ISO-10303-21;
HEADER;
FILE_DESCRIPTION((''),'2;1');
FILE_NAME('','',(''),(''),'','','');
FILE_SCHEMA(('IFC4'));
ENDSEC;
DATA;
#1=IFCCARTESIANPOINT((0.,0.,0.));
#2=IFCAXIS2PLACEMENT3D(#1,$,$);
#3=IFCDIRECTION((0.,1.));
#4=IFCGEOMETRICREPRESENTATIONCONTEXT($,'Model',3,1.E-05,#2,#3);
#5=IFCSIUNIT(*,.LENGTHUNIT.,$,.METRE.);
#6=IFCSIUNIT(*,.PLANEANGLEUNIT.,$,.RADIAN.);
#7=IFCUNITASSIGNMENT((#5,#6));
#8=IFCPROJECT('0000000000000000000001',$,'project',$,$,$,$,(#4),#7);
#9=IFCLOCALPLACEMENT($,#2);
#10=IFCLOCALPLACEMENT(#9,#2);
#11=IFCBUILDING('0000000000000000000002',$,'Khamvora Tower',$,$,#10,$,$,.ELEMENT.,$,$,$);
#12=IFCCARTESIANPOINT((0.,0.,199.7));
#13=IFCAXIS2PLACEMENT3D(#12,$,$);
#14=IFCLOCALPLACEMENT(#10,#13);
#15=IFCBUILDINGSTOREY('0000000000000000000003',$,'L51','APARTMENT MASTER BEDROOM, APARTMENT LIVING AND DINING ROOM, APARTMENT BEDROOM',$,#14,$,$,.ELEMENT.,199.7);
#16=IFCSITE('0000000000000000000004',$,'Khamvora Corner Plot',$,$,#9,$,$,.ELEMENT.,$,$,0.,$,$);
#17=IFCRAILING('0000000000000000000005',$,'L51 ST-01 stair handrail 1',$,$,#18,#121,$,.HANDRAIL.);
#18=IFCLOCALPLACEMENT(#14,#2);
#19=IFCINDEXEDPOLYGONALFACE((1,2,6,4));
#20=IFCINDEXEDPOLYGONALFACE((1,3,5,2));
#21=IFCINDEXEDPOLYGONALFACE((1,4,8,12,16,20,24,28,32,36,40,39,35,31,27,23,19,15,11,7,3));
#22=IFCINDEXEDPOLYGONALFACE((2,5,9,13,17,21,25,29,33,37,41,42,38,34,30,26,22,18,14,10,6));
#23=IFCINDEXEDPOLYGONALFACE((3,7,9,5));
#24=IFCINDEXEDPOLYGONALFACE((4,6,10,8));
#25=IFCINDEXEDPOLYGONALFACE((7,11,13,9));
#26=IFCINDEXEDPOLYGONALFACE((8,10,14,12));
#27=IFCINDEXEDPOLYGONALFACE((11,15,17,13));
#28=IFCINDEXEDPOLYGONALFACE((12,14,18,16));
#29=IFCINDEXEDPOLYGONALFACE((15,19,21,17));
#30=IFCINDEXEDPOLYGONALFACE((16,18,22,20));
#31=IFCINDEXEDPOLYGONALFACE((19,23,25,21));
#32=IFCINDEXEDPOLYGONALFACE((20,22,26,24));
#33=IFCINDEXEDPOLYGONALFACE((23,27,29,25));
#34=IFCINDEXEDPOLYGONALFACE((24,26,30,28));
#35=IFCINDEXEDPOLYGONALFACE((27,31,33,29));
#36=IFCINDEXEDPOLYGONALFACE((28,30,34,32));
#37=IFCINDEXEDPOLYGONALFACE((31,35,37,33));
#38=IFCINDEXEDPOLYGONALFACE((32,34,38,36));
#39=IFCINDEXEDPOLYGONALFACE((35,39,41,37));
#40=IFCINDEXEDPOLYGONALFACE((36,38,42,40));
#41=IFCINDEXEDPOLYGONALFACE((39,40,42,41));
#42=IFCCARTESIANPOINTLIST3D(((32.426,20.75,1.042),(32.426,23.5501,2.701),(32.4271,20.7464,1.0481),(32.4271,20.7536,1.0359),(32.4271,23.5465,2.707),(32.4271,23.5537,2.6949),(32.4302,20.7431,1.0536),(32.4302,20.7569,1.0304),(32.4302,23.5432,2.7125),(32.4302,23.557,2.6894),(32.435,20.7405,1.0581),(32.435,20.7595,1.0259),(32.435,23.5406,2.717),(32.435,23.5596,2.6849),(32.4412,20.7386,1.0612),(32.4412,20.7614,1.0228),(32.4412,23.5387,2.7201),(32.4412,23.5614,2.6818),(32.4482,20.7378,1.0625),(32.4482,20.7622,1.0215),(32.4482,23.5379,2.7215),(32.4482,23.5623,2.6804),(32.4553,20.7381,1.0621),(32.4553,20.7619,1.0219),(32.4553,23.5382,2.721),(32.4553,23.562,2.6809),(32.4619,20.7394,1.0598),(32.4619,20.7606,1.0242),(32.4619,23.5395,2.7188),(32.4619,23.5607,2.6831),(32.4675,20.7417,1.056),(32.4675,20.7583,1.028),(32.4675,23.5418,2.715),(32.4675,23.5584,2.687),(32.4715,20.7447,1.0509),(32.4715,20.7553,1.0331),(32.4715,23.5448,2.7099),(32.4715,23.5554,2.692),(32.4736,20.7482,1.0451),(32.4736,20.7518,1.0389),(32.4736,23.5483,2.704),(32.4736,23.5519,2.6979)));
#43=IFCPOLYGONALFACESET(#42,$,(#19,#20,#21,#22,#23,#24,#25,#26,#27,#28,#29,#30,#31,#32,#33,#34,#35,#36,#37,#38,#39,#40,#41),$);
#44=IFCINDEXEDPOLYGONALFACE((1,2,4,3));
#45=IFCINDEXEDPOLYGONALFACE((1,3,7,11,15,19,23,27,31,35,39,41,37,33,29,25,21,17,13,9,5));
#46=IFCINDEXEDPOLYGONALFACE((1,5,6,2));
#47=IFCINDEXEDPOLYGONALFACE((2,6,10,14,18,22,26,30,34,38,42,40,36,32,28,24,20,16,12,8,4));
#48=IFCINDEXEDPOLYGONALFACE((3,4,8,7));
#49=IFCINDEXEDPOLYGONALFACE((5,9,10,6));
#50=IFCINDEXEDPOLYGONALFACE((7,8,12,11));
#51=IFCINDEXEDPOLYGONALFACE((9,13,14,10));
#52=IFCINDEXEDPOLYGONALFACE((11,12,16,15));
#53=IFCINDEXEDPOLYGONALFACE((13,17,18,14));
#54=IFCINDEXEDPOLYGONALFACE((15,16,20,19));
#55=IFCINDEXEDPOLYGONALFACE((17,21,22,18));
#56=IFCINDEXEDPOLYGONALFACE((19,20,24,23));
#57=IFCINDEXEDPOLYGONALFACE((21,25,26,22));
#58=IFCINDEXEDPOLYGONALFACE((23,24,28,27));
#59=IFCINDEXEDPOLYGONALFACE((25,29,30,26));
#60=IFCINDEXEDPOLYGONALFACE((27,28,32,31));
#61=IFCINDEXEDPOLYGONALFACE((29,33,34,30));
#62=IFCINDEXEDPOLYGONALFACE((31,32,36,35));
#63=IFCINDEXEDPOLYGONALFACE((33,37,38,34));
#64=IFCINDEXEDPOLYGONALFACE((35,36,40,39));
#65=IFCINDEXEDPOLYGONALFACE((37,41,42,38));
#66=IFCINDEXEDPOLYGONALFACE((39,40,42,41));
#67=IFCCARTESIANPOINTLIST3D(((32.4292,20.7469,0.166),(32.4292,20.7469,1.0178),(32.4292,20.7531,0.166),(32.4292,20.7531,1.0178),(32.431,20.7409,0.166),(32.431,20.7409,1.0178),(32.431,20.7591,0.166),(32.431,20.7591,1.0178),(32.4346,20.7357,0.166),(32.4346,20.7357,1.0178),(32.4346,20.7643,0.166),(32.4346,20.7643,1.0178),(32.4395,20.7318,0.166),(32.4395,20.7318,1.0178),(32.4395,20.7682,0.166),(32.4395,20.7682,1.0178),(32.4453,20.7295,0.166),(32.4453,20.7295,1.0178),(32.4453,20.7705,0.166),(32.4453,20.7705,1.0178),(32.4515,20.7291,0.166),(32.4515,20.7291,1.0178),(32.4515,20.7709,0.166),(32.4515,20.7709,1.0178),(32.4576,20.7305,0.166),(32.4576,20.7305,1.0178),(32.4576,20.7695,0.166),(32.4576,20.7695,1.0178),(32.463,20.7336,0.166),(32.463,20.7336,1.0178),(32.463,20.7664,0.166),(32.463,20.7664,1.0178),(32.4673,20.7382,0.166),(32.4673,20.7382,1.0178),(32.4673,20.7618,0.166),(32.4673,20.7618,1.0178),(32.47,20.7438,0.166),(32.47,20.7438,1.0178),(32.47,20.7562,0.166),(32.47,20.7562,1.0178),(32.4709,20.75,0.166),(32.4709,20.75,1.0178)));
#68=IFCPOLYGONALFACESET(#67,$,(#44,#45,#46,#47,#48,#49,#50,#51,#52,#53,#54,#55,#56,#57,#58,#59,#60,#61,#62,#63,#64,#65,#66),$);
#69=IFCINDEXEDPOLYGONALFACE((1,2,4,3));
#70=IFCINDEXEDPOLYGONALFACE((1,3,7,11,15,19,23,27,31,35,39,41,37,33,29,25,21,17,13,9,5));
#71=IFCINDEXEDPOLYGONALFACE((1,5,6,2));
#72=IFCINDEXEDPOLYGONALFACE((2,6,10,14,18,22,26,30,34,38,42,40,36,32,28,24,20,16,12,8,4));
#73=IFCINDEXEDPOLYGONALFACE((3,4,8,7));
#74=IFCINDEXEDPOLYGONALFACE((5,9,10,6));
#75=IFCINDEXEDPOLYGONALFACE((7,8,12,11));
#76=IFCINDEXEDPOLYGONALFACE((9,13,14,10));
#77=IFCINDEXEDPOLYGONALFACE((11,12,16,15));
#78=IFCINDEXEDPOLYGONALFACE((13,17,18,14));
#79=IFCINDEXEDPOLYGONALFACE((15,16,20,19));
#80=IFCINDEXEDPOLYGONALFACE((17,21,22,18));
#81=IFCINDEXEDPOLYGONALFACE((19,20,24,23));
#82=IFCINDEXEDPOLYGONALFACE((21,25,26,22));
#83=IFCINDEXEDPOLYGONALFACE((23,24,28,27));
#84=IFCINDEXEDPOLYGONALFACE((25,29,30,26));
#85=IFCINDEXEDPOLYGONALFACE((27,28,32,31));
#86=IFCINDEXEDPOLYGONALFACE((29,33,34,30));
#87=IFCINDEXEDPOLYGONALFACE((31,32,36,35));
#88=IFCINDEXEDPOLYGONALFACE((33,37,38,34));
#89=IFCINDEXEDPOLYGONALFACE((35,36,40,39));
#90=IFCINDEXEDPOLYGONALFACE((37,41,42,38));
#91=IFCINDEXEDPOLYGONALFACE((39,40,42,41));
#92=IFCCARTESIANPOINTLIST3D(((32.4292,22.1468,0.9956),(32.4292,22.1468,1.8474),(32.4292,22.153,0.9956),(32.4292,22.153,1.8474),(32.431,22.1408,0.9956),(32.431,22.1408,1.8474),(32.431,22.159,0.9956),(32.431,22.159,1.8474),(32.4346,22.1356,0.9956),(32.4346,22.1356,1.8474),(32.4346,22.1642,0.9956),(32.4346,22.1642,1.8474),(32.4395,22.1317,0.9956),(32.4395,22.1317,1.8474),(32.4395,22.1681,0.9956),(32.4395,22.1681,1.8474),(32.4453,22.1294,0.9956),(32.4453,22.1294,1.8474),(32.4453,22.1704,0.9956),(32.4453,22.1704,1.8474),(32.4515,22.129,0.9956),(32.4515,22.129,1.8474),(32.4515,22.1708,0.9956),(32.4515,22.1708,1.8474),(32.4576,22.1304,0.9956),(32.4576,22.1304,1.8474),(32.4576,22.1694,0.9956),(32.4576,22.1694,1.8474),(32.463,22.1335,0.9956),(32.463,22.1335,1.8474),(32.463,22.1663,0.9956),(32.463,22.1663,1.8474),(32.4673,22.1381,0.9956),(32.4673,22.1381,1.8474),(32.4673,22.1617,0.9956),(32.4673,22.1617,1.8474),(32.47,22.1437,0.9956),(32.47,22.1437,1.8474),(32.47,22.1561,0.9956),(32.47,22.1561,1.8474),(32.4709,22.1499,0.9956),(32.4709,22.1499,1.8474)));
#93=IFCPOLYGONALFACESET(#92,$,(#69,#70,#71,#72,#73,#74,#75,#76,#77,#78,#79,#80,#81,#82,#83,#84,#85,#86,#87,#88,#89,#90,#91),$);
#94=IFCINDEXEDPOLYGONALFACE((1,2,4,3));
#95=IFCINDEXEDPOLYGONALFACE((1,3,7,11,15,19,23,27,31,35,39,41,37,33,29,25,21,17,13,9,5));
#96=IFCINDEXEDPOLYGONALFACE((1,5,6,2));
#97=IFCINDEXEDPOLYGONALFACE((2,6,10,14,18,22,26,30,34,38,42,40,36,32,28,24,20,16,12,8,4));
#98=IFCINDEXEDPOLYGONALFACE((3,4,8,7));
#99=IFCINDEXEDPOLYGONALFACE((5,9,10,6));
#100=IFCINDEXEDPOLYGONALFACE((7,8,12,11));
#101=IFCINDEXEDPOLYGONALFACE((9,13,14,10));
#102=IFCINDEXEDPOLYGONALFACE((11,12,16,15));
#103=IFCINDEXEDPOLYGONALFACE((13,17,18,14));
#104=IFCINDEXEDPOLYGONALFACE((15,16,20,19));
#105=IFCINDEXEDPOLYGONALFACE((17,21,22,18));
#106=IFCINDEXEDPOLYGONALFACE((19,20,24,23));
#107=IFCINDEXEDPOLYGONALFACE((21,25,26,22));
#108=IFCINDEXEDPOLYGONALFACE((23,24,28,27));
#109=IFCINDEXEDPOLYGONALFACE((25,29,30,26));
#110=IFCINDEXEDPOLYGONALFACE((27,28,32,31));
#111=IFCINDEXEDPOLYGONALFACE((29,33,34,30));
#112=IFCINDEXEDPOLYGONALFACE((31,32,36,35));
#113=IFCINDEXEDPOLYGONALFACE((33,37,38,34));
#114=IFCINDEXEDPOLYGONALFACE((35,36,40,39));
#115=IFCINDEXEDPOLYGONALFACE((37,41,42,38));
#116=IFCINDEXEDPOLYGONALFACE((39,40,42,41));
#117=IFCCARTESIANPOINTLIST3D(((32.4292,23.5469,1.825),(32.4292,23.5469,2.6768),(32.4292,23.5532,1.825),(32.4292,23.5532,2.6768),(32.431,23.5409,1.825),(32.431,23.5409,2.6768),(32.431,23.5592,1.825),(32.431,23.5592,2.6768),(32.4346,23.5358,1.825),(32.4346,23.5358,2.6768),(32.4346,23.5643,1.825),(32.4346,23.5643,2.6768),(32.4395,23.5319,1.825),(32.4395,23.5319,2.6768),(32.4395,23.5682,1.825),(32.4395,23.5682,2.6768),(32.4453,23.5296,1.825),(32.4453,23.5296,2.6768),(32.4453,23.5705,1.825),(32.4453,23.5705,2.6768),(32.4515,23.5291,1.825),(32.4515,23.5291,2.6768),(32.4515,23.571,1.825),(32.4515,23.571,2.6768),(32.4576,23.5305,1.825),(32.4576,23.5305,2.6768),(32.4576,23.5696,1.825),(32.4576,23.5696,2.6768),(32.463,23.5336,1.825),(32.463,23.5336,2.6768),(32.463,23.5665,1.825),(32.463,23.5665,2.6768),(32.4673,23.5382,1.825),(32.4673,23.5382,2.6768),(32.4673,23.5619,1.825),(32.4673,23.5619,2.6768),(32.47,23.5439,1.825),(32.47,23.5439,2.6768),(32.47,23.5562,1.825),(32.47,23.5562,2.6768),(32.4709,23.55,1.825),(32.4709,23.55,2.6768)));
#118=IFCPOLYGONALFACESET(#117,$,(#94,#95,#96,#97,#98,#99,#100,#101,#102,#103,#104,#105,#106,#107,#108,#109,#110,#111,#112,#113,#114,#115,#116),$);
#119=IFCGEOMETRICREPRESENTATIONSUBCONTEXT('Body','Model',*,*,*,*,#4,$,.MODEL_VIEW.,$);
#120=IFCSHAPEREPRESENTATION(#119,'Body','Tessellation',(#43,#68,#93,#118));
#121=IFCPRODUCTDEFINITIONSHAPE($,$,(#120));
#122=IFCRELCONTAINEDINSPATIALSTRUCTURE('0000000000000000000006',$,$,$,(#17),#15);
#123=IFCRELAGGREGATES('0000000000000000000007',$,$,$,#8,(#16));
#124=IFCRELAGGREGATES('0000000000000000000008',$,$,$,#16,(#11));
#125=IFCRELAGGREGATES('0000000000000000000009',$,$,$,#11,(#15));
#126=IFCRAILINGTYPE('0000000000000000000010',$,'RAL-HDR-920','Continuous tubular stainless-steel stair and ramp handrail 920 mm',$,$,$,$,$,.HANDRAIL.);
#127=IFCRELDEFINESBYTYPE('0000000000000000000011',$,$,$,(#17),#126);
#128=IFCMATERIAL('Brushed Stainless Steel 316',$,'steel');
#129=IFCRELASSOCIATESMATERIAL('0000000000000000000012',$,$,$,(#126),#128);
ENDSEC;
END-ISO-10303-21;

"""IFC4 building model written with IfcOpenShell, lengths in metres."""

from ifc_helpers import new_model, si_unit, direction, frame, origin, origin_2d, place, context, subcontext, project, spatial, circle, extrude, material, type_object, element, save


model = new_model("IFC4")

# Units and contexts
model_context = context("Model", 3, precision=1e-05, world=origin(), true_north=direction((0.0, 1.0)))
body_context = subcontext(model_context, "Body", "Model", "MODEL_VIEW")
ifc_project = project(units=[si_unit("LENGTHUNIT", "METRE"), si_unit("PLANEANGLEUNIT", "RADIAN")], contexts=[model_context])

# Site, building, storey
site_placement = place(None, origin())
site = spatial("IfcSite", under=ifc_project, at=site_placement, Name="Khamvora Corner Plot", CompositionType="ELEMENT", RefElevation=0.0)
building_placement = place(site_placement, origin())
building = spatial("IfcBuilding", under=site, at=building_placement, Name="Khamvora Tower", CompositionType="ELEMENT")
storey_placement = place(building_placement, frame((0.0, 0.0, 199.7)))
storey = spatial("IfcBuildingStorey", under=building, at=storey_placement, Name="L51", Description="APARTMENT MASTER BEDROOM, APARTMENT LIVING AND DINING ROOM, APARTMENT BEDROOM", CompositionType="ELEMENT", Elevation=199.7)

# Railing
ifc_material_1 = material(Name="Brushed Stainless Steel 316", Category="steel")
railing_type_1 = type_object("IfcRailingType", Name="RAL-HDR-920", Description="Continuous tubular stainless-steel stair and ramp handrail 920 mm", PredefinedType="HANDRAIL", material=ifc_material_1)
railing_1_placement = place(storey_placement, frame((32.45, 20.75, 0.166)))
element("IfcRailing", 1, at=railing_1_placement, inside=storey, type_object=railing_type_1, Name="L51 ST-01 stair handrail 1", PredefinedType="HANDRAIL", context=body_context, shape_type="SweptSolid", body=[
    extrude(circle(Radius=0.0239, at=origin_2d()), frame((0.0, 0.0, 0.876), z_axis=(0.0, 0.860339, 0.509722), x_axis=(-1.0, 0.0, 0.0)), (0.0, 0.0, 1.0), 3.2546),
    extrude(circle(Radius=0.021, at=origin_2d()), origin(), (0.0, 0.0, 1.0), 0.8518),
    extrude(circle(Radius=0.021, at=origin_2d()), frame((0.0, 1.3999, 0.8296)), (0.0, 0.0, 1.0), 0.8518),
    extrude(circle(Radius=0.021, at=origin_2d()), frame((0.0, 2.8, 1.6589)), (0.0, 0.0, 1.0), 0.8518),
])

save(model, "model.ifc")
